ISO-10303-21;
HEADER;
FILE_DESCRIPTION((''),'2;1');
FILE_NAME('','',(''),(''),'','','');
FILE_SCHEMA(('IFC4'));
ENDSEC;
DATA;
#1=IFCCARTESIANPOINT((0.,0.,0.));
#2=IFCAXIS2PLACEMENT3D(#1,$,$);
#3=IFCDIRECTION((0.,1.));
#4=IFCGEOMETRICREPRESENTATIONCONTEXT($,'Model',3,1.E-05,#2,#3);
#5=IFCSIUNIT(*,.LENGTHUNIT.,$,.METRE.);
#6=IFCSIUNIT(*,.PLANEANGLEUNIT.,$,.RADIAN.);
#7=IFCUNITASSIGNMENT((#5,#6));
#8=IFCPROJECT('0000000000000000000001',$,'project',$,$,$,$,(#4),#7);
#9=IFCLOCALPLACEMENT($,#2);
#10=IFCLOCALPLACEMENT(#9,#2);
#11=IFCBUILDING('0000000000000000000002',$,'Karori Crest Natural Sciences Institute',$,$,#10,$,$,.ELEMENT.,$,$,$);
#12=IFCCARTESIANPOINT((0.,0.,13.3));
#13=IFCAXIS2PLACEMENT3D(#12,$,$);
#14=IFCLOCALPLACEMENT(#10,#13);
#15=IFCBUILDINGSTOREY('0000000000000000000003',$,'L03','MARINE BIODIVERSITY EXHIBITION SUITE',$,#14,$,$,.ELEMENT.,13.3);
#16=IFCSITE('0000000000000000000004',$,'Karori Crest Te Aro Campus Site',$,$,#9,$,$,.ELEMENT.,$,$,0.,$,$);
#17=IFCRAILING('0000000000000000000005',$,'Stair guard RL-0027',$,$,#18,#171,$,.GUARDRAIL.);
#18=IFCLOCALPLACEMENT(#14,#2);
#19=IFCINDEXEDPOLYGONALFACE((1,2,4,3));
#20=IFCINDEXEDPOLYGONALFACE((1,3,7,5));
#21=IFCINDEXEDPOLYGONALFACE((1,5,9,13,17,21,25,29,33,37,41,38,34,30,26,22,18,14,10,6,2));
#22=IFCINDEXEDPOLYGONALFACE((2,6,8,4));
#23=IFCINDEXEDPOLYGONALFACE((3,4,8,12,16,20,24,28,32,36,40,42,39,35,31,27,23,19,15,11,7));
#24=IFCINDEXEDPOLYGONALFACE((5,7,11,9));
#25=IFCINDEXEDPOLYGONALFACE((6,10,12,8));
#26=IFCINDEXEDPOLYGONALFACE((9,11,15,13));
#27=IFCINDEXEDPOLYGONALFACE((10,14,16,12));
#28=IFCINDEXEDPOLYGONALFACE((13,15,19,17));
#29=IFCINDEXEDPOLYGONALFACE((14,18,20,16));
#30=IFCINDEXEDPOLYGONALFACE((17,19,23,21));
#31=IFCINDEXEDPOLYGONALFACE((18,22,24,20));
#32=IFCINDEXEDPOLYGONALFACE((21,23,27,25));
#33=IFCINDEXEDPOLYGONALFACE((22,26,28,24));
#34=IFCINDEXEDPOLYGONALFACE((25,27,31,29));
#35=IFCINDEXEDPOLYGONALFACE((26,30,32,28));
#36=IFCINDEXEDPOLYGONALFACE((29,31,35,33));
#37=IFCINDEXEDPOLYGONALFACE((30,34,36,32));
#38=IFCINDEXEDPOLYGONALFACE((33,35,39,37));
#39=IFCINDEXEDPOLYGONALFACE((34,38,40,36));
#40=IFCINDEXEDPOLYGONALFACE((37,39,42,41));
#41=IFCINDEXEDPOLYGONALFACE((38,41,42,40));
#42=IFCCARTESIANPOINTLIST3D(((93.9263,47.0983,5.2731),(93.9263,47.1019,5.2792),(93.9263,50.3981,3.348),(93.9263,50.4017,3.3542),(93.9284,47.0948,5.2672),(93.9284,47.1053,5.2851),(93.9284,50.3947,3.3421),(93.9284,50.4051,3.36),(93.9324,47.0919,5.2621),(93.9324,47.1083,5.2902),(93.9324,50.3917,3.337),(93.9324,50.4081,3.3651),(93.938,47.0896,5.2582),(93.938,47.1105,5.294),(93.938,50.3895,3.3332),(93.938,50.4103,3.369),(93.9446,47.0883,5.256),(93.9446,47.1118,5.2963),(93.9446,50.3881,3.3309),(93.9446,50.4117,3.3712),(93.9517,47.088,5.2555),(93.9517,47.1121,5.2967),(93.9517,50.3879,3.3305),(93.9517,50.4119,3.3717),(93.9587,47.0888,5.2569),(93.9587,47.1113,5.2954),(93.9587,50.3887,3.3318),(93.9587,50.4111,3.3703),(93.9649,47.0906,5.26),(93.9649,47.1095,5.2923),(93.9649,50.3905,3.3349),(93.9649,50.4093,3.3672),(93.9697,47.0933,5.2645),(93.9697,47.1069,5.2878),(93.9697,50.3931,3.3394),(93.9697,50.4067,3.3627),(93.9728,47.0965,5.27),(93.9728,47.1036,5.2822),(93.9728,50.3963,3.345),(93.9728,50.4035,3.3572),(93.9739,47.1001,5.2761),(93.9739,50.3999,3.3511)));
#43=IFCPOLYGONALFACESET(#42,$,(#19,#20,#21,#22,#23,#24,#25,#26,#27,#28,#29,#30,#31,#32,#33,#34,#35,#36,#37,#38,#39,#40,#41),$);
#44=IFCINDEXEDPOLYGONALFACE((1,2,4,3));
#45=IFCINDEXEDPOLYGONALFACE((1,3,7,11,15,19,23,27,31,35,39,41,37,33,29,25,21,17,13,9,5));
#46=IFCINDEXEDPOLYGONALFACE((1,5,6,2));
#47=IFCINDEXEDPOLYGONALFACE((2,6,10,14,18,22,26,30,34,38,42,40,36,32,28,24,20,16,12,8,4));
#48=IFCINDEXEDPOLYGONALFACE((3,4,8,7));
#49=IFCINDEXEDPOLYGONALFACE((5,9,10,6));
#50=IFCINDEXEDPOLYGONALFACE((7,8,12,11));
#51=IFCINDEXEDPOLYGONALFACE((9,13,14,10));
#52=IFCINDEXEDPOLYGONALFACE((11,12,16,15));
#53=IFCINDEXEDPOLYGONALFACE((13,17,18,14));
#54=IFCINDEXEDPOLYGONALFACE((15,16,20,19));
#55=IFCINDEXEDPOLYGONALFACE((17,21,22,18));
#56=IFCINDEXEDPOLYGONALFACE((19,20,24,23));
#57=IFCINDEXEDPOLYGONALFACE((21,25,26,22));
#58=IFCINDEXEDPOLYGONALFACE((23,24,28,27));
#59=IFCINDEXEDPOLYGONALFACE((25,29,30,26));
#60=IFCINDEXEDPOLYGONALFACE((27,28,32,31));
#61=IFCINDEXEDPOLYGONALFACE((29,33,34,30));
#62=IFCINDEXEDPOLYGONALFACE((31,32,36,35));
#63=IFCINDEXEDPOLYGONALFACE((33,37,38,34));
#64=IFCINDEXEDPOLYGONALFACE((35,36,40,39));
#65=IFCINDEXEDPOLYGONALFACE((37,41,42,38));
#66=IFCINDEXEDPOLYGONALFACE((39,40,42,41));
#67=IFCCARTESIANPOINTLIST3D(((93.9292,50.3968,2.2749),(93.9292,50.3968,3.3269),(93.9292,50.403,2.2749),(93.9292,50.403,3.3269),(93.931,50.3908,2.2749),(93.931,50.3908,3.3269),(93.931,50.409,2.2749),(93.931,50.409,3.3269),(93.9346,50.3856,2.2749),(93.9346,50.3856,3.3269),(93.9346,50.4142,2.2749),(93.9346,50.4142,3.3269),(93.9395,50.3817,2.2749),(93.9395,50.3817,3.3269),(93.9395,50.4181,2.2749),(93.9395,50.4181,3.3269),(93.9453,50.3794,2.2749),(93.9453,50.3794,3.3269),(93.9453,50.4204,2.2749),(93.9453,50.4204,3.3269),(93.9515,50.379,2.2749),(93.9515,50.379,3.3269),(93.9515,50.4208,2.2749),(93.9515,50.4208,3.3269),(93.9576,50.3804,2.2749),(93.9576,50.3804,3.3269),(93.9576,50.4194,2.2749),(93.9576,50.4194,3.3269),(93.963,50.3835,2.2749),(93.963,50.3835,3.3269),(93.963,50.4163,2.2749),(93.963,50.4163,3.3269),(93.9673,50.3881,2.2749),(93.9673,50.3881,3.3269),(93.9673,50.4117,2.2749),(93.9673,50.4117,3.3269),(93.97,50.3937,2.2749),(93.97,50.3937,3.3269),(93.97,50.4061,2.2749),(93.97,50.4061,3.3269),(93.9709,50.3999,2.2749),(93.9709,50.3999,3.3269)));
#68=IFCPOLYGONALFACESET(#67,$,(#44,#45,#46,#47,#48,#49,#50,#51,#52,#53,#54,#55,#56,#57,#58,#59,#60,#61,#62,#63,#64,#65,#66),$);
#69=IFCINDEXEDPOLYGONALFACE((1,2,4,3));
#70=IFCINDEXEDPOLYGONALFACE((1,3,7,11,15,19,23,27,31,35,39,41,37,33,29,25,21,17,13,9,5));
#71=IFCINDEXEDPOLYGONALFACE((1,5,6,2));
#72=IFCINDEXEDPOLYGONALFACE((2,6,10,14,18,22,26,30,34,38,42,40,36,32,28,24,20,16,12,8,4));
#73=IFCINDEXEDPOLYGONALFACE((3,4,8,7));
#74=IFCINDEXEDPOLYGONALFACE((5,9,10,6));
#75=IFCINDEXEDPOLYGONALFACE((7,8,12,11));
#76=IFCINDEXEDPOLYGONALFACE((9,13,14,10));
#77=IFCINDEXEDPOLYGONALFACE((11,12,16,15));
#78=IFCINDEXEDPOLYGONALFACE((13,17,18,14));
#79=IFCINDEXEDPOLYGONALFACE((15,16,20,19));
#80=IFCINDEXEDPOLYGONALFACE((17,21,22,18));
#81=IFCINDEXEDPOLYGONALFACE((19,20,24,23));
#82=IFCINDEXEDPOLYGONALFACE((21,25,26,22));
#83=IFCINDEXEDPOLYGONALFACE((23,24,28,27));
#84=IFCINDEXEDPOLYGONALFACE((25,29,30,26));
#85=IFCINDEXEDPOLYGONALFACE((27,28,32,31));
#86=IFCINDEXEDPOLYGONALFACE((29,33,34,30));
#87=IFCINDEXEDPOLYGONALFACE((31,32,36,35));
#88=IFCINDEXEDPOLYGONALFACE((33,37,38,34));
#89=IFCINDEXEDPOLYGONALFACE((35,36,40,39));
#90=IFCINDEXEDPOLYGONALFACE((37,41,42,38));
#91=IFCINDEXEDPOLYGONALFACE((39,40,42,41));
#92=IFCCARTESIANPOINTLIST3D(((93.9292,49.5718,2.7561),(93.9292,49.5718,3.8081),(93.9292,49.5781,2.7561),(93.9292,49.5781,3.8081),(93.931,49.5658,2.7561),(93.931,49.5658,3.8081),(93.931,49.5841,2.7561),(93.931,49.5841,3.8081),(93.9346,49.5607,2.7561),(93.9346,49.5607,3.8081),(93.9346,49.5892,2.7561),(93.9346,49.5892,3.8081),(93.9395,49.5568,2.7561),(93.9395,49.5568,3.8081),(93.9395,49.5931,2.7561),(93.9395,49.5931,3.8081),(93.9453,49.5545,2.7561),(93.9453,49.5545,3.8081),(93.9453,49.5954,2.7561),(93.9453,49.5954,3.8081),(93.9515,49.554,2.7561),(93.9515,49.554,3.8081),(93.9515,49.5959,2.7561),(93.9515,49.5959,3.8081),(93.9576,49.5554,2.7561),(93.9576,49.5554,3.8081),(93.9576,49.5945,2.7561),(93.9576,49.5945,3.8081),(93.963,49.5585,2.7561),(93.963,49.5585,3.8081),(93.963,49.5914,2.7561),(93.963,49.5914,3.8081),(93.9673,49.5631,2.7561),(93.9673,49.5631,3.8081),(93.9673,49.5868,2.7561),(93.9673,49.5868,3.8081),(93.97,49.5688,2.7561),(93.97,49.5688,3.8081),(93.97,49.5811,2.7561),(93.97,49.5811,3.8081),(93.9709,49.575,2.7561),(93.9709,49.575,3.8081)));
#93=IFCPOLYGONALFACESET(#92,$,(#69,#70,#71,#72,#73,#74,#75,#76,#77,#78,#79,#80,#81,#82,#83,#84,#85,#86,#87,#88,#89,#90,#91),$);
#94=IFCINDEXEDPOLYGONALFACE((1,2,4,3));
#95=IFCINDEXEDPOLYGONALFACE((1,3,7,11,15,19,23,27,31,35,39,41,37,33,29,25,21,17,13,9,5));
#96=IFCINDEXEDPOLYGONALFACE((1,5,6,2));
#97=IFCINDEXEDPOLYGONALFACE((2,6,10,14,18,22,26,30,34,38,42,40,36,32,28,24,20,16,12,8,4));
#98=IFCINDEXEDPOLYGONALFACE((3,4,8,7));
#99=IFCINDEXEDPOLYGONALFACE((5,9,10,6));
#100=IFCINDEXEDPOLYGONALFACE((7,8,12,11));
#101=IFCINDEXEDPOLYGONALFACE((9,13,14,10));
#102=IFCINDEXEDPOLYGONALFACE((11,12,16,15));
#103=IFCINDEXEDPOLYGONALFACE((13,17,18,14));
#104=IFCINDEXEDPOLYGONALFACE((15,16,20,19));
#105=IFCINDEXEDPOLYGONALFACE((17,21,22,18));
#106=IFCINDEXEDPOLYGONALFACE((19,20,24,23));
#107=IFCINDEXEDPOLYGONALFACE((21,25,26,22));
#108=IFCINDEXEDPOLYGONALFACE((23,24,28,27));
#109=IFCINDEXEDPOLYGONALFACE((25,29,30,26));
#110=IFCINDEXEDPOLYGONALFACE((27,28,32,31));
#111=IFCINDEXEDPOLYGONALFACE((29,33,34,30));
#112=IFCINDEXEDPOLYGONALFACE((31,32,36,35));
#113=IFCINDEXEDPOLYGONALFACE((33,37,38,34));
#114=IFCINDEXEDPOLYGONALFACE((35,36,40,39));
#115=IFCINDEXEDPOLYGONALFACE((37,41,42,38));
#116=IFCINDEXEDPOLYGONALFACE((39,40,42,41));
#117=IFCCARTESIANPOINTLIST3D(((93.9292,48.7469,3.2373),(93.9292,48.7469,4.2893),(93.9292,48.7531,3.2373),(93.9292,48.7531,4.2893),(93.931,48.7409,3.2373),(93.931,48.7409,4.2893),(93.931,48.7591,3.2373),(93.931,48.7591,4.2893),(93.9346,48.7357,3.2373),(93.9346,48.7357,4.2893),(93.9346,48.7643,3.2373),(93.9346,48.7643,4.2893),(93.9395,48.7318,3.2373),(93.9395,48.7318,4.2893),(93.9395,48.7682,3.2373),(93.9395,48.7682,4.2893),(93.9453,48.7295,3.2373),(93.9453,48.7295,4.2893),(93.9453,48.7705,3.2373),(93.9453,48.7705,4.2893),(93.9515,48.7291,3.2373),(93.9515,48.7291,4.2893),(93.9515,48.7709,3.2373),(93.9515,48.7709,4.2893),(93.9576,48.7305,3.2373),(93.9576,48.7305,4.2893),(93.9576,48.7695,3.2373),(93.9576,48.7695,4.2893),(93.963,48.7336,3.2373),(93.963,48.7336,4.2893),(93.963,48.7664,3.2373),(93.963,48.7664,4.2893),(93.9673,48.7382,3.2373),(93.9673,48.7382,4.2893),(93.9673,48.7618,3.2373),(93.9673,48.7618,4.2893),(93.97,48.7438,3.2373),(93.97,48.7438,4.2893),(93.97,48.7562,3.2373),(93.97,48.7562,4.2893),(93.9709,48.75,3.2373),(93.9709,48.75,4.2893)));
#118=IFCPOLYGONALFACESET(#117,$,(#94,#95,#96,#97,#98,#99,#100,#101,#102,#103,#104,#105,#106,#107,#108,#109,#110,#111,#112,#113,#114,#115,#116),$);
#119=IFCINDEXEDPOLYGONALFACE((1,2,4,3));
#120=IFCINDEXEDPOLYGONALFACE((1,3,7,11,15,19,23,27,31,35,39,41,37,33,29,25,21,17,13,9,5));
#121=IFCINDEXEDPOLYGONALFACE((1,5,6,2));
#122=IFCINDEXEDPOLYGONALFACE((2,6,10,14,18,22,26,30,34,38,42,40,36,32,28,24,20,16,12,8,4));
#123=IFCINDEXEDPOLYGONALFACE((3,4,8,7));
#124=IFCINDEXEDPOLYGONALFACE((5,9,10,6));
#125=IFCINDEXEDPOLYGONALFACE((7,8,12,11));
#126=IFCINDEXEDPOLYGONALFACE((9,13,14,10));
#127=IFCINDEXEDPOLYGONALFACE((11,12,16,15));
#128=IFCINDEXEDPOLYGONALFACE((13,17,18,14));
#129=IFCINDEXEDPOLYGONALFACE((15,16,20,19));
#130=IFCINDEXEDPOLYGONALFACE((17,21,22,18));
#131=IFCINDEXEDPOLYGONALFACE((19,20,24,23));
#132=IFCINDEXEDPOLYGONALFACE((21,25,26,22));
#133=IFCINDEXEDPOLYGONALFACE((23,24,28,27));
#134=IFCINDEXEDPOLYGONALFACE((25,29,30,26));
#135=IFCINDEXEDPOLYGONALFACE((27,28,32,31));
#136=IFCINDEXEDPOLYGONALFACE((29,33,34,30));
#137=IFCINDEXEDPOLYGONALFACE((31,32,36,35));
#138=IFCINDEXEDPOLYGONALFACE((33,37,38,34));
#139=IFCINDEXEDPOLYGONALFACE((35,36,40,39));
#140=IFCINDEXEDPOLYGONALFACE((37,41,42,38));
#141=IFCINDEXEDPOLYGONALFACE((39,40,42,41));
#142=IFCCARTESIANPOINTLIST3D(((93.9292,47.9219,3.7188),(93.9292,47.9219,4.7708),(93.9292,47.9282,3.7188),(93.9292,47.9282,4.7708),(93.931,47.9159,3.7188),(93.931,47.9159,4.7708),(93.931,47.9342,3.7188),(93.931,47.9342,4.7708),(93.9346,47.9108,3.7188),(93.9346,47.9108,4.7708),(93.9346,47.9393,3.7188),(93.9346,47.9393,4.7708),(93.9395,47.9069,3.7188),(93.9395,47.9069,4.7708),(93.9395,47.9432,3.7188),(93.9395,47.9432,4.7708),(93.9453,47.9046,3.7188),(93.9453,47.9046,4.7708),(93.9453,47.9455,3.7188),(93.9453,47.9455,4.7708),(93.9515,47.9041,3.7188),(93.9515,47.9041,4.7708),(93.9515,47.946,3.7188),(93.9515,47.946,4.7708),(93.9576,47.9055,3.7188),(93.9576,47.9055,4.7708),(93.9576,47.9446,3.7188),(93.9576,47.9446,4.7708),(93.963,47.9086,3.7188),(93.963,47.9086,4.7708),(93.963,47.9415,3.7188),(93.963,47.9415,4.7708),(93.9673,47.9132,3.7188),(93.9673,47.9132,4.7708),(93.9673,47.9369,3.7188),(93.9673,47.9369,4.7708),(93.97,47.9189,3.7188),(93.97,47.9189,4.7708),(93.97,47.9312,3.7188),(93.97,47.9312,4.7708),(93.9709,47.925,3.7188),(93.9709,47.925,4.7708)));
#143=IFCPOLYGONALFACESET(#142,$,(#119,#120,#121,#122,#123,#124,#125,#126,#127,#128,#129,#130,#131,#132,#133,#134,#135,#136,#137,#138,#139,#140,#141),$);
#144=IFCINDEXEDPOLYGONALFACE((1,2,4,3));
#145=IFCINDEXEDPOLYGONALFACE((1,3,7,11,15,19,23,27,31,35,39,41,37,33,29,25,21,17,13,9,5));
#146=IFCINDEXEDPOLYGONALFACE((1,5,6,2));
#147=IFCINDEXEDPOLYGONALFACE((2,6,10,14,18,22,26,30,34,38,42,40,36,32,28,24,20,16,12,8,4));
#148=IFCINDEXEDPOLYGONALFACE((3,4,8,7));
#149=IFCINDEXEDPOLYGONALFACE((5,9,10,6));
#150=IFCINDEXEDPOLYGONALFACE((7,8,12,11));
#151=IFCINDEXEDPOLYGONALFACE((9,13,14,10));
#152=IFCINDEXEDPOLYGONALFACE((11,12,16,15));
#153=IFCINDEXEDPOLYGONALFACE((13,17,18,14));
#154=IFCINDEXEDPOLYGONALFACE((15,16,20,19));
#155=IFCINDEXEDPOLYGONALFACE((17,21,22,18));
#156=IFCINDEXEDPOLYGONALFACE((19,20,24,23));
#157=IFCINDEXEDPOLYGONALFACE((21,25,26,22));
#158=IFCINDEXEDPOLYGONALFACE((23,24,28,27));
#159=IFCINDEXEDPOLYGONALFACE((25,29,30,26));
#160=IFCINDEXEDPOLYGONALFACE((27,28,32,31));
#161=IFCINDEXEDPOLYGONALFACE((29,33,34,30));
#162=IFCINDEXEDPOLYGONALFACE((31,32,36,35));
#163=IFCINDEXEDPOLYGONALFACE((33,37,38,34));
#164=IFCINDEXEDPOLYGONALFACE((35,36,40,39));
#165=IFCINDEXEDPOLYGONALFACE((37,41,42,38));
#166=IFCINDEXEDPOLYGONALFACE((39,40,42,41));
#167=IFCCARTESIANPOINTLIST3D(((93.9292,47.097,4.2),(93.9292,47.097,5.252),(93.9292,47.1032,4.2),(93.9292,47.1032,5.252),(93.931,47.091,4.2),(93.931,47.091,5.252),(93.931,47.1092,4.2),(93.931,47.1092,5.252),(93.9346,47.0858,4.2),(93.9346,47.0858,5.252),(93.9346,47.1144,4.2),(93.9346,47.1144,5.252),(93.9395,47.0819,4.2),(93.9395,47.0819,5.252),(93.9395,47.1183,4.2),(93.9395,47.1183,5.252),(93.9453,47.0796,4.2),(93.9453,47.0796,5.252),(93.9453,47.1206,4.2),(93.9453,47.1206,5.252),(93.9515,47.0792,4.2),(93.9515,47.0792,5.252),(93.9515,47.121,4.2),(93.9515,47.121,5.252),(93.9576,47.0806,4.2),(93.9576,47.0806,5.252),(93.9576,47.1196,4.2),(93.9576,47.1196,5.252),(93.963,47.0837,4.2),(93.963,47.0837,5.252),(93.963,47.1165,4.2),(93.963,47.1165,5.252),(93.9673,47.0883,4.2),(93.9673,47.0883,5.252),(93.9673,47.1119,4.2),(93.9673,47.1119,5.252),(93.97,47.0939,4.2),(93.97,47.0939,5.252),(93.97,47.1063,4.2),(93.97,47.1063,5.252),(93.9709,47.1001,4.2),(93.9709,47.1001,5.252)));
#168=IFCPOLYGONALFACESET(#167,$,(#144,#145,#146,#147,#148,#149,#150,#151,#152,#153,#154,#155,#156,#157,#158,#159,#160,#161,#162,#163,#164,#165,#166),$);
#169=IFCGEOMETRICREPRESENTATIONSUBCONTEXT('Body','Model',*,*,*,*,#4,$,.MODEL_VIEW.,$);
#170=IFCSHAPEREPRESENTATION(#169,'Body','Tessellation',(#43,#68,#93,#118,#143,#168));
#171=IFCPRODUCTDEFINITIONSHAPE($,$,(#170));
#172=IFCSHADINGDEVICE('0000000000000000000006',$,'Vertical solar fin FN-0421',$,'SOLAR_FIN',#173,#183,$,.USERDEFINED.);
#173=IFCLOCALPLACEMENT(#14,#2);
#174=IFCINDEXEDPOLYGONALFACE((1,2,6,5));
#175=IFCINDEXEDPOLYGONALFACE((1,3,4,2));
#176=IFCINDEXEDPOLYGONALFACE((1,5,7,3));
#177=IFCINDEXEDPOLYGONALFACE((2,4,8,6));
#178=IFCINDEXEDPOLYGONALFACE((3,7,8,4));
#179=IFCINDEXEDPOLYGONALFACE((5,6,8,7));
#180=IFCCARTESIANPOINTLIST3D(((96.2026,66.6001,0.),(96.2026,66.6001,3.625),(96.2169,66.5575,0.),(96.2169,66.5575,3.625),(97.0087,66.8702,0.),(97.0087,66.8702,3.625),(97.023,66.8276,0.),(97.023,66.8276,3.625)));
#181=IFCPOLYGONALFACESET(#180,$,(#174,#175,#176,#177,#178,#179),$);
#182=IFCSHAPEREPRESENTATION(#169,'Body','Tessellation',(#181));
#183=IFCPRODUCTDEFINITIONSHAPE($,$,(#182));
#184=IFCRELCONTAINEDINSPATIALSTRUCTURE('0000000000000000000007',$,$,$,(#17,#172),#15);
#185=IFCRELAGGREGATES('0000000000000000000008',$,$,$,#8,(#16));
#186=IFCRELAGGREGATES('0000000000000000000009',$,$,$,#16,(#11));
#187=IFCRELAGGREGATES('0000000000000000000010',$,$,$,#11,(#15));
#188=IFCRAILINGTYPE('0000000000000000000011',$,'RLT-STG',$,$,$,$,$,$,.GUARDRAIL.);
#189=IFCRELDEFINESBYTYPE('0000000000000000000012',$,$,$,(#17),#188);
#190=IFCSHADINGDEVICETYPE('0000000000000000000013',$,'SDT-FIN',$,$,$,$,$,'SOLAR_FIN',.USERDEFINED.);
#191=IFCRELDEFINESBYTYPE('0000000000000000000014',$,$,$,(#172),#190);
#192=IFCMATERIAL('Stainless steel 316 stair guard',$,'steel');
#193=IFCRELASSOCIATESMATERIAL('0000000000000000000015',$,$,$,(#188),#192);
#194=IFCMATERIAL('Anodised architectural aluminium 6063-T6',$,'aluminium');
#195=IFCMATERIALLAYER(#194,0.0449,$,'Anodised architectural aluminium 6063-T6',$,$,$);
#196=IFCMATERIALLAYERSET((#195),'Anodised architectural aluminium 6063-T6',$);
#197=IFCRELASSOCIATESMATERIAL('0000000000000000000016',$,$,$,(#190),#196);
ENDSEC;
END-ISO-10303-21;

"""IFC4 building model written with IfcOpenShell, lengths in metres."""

from ifc_helpers import new_model, si_unit, direction, frame, origin, origin_2d, place, context, subcontext, project, spatial, rectangle, circle, extrude, material, layer, layer_set, type_object, element, save


model = new_model("IFC4")

# Units and contexts
model_context = context("Model", 3, precision=1e-05, world=origin(), true_north=direction((0.0, 1.0)))
body_context = subcontext(model_context, "Body", "Model", "MODEL_VIEW")
ifc_project = project(units=[si_unit("LENGTHUNIT", "METRE"), si_unit("PLANEANGLEUNIT", "RADIAN")], contexts=[model_context])

# Site, building, storey
site_placement = place(None, origin())
site = spatial("IfcSite", under=ifc_project, at=site_placement, Name="Karori Crest Te Aro Campus Site", CompositionType="ELEMENT", RefElevation=0.0)
building_placement = place(site_placement, origin())
building = spatial("IfcBuilding", under=site, at=building_placement, Name="Karori Crest Natural Sciences Institute", CompositionType="ELEMENT")
storey_placement = place(building_placement, frame((0.0, 0.0, 13.3)))
storey = spatial("IfcBuildingStorey", under=building, at=storey_placement, Name="L03", Description="MARINE BIODIVERSITY EXHIBITION SUITE", CompositionType="ELEMENT", Elevation=13.3)

# Shared definitions
ifc_material_1 = material(Name="Anodised architectural aluminium 6063-T6", Category="aluminium")

# Railing
ifc_material_2 = material(Name="Stainless steel 316 stair guard", Category="steel")
railing_type = type_object("IfcRailingType", Name="RLT-STG", PredefinedType="GUARDRAIL", material=ifc_material_2)
railing_1_placement = place(storey_placement, frame((93.95, 50.3999, 2.2749)))
element("IfcRailing", 1, at=railing_1_placement, inside=storey, type_object=railing_type, Name="Stair guard RL-0027", PredefinedType="GUARDRAIL", context=body_context, shape_type="SweptSolid", body=[
    extrude(circle(Radius=0.0239, at=origin_2d()), frame((0.0, 0.0, 1.0762), z_axis=(0.0, -0.86376, 0.503903), x_axis=(1.0, 0.0, 0.0)), (0.0, 0.0, 1.0), 3.8203),
    extrude(circle(Radius=0.021, at=origin_2d()), origin(), (0.0, 0.0, 1.0), 1.052),
    extrude(circle(Radius=0.021, at=origin_2d()), frame((0.0, -0.825, 0.4812)), (0.0, 0.0, 1.0), 1.052),
    extrude(circle(Radius=0.021, at=origin_2d()), frame((0.0, -1.6499, 0.9624)), (0.0, 0.0, 1.0), 1.052),
    extrude(circle(Radius=0.021, at=origin_2d()), frame((0.0, -2.4749, 1.4438)), (0.0, 0.0, 1.0), 1.052),
    extrude(circle(Radius=0.021, at=origin_2d()), frame((0.0, -3.2998, 1.925)), (0.0, 0.0, 1.0), 1.052),
])

# Shading device
ifc_layer_1 = layer(ifc_material_1, 0.0449, Name="Anodised architectural aluminium 6063-T6")
ifc_layer_set_1 = layer_set([ifc_layer_1], Name="Anodised architectural aluminium 6063-T6")
shading_device_type = type_object("IfcShadingDeviceType", Name="SDT-FIN", ElementType="SOLAR_FIN", PredefinedType="USERDEFINED", material=ifc_layer_set_1)
shading_device_placement = place(storey_placement, frame((96.6128, 66.7139, 0.0), z_axis=(0.0, 0.0, 1.0), x_axis=(0.948198, 0.31768, 0.0)))
element("IfcShadingDevice", 2, at=shading_device_placement, inside=storey, type_object=shading_device_type, Name="Vertical solar fin FN-0421", ObjectType="SOLAR_FIN", PredefinedType="USERDEFINED", context=body_context, shape_type="SweptSolid", body=[
    extrude(rectangle(XDim=0.8501, YDim=0.0449, at=origin_2d()), origin(), (0.0, 0.0, 1.0), 3.625),
])

save(model, "model.ifc")
